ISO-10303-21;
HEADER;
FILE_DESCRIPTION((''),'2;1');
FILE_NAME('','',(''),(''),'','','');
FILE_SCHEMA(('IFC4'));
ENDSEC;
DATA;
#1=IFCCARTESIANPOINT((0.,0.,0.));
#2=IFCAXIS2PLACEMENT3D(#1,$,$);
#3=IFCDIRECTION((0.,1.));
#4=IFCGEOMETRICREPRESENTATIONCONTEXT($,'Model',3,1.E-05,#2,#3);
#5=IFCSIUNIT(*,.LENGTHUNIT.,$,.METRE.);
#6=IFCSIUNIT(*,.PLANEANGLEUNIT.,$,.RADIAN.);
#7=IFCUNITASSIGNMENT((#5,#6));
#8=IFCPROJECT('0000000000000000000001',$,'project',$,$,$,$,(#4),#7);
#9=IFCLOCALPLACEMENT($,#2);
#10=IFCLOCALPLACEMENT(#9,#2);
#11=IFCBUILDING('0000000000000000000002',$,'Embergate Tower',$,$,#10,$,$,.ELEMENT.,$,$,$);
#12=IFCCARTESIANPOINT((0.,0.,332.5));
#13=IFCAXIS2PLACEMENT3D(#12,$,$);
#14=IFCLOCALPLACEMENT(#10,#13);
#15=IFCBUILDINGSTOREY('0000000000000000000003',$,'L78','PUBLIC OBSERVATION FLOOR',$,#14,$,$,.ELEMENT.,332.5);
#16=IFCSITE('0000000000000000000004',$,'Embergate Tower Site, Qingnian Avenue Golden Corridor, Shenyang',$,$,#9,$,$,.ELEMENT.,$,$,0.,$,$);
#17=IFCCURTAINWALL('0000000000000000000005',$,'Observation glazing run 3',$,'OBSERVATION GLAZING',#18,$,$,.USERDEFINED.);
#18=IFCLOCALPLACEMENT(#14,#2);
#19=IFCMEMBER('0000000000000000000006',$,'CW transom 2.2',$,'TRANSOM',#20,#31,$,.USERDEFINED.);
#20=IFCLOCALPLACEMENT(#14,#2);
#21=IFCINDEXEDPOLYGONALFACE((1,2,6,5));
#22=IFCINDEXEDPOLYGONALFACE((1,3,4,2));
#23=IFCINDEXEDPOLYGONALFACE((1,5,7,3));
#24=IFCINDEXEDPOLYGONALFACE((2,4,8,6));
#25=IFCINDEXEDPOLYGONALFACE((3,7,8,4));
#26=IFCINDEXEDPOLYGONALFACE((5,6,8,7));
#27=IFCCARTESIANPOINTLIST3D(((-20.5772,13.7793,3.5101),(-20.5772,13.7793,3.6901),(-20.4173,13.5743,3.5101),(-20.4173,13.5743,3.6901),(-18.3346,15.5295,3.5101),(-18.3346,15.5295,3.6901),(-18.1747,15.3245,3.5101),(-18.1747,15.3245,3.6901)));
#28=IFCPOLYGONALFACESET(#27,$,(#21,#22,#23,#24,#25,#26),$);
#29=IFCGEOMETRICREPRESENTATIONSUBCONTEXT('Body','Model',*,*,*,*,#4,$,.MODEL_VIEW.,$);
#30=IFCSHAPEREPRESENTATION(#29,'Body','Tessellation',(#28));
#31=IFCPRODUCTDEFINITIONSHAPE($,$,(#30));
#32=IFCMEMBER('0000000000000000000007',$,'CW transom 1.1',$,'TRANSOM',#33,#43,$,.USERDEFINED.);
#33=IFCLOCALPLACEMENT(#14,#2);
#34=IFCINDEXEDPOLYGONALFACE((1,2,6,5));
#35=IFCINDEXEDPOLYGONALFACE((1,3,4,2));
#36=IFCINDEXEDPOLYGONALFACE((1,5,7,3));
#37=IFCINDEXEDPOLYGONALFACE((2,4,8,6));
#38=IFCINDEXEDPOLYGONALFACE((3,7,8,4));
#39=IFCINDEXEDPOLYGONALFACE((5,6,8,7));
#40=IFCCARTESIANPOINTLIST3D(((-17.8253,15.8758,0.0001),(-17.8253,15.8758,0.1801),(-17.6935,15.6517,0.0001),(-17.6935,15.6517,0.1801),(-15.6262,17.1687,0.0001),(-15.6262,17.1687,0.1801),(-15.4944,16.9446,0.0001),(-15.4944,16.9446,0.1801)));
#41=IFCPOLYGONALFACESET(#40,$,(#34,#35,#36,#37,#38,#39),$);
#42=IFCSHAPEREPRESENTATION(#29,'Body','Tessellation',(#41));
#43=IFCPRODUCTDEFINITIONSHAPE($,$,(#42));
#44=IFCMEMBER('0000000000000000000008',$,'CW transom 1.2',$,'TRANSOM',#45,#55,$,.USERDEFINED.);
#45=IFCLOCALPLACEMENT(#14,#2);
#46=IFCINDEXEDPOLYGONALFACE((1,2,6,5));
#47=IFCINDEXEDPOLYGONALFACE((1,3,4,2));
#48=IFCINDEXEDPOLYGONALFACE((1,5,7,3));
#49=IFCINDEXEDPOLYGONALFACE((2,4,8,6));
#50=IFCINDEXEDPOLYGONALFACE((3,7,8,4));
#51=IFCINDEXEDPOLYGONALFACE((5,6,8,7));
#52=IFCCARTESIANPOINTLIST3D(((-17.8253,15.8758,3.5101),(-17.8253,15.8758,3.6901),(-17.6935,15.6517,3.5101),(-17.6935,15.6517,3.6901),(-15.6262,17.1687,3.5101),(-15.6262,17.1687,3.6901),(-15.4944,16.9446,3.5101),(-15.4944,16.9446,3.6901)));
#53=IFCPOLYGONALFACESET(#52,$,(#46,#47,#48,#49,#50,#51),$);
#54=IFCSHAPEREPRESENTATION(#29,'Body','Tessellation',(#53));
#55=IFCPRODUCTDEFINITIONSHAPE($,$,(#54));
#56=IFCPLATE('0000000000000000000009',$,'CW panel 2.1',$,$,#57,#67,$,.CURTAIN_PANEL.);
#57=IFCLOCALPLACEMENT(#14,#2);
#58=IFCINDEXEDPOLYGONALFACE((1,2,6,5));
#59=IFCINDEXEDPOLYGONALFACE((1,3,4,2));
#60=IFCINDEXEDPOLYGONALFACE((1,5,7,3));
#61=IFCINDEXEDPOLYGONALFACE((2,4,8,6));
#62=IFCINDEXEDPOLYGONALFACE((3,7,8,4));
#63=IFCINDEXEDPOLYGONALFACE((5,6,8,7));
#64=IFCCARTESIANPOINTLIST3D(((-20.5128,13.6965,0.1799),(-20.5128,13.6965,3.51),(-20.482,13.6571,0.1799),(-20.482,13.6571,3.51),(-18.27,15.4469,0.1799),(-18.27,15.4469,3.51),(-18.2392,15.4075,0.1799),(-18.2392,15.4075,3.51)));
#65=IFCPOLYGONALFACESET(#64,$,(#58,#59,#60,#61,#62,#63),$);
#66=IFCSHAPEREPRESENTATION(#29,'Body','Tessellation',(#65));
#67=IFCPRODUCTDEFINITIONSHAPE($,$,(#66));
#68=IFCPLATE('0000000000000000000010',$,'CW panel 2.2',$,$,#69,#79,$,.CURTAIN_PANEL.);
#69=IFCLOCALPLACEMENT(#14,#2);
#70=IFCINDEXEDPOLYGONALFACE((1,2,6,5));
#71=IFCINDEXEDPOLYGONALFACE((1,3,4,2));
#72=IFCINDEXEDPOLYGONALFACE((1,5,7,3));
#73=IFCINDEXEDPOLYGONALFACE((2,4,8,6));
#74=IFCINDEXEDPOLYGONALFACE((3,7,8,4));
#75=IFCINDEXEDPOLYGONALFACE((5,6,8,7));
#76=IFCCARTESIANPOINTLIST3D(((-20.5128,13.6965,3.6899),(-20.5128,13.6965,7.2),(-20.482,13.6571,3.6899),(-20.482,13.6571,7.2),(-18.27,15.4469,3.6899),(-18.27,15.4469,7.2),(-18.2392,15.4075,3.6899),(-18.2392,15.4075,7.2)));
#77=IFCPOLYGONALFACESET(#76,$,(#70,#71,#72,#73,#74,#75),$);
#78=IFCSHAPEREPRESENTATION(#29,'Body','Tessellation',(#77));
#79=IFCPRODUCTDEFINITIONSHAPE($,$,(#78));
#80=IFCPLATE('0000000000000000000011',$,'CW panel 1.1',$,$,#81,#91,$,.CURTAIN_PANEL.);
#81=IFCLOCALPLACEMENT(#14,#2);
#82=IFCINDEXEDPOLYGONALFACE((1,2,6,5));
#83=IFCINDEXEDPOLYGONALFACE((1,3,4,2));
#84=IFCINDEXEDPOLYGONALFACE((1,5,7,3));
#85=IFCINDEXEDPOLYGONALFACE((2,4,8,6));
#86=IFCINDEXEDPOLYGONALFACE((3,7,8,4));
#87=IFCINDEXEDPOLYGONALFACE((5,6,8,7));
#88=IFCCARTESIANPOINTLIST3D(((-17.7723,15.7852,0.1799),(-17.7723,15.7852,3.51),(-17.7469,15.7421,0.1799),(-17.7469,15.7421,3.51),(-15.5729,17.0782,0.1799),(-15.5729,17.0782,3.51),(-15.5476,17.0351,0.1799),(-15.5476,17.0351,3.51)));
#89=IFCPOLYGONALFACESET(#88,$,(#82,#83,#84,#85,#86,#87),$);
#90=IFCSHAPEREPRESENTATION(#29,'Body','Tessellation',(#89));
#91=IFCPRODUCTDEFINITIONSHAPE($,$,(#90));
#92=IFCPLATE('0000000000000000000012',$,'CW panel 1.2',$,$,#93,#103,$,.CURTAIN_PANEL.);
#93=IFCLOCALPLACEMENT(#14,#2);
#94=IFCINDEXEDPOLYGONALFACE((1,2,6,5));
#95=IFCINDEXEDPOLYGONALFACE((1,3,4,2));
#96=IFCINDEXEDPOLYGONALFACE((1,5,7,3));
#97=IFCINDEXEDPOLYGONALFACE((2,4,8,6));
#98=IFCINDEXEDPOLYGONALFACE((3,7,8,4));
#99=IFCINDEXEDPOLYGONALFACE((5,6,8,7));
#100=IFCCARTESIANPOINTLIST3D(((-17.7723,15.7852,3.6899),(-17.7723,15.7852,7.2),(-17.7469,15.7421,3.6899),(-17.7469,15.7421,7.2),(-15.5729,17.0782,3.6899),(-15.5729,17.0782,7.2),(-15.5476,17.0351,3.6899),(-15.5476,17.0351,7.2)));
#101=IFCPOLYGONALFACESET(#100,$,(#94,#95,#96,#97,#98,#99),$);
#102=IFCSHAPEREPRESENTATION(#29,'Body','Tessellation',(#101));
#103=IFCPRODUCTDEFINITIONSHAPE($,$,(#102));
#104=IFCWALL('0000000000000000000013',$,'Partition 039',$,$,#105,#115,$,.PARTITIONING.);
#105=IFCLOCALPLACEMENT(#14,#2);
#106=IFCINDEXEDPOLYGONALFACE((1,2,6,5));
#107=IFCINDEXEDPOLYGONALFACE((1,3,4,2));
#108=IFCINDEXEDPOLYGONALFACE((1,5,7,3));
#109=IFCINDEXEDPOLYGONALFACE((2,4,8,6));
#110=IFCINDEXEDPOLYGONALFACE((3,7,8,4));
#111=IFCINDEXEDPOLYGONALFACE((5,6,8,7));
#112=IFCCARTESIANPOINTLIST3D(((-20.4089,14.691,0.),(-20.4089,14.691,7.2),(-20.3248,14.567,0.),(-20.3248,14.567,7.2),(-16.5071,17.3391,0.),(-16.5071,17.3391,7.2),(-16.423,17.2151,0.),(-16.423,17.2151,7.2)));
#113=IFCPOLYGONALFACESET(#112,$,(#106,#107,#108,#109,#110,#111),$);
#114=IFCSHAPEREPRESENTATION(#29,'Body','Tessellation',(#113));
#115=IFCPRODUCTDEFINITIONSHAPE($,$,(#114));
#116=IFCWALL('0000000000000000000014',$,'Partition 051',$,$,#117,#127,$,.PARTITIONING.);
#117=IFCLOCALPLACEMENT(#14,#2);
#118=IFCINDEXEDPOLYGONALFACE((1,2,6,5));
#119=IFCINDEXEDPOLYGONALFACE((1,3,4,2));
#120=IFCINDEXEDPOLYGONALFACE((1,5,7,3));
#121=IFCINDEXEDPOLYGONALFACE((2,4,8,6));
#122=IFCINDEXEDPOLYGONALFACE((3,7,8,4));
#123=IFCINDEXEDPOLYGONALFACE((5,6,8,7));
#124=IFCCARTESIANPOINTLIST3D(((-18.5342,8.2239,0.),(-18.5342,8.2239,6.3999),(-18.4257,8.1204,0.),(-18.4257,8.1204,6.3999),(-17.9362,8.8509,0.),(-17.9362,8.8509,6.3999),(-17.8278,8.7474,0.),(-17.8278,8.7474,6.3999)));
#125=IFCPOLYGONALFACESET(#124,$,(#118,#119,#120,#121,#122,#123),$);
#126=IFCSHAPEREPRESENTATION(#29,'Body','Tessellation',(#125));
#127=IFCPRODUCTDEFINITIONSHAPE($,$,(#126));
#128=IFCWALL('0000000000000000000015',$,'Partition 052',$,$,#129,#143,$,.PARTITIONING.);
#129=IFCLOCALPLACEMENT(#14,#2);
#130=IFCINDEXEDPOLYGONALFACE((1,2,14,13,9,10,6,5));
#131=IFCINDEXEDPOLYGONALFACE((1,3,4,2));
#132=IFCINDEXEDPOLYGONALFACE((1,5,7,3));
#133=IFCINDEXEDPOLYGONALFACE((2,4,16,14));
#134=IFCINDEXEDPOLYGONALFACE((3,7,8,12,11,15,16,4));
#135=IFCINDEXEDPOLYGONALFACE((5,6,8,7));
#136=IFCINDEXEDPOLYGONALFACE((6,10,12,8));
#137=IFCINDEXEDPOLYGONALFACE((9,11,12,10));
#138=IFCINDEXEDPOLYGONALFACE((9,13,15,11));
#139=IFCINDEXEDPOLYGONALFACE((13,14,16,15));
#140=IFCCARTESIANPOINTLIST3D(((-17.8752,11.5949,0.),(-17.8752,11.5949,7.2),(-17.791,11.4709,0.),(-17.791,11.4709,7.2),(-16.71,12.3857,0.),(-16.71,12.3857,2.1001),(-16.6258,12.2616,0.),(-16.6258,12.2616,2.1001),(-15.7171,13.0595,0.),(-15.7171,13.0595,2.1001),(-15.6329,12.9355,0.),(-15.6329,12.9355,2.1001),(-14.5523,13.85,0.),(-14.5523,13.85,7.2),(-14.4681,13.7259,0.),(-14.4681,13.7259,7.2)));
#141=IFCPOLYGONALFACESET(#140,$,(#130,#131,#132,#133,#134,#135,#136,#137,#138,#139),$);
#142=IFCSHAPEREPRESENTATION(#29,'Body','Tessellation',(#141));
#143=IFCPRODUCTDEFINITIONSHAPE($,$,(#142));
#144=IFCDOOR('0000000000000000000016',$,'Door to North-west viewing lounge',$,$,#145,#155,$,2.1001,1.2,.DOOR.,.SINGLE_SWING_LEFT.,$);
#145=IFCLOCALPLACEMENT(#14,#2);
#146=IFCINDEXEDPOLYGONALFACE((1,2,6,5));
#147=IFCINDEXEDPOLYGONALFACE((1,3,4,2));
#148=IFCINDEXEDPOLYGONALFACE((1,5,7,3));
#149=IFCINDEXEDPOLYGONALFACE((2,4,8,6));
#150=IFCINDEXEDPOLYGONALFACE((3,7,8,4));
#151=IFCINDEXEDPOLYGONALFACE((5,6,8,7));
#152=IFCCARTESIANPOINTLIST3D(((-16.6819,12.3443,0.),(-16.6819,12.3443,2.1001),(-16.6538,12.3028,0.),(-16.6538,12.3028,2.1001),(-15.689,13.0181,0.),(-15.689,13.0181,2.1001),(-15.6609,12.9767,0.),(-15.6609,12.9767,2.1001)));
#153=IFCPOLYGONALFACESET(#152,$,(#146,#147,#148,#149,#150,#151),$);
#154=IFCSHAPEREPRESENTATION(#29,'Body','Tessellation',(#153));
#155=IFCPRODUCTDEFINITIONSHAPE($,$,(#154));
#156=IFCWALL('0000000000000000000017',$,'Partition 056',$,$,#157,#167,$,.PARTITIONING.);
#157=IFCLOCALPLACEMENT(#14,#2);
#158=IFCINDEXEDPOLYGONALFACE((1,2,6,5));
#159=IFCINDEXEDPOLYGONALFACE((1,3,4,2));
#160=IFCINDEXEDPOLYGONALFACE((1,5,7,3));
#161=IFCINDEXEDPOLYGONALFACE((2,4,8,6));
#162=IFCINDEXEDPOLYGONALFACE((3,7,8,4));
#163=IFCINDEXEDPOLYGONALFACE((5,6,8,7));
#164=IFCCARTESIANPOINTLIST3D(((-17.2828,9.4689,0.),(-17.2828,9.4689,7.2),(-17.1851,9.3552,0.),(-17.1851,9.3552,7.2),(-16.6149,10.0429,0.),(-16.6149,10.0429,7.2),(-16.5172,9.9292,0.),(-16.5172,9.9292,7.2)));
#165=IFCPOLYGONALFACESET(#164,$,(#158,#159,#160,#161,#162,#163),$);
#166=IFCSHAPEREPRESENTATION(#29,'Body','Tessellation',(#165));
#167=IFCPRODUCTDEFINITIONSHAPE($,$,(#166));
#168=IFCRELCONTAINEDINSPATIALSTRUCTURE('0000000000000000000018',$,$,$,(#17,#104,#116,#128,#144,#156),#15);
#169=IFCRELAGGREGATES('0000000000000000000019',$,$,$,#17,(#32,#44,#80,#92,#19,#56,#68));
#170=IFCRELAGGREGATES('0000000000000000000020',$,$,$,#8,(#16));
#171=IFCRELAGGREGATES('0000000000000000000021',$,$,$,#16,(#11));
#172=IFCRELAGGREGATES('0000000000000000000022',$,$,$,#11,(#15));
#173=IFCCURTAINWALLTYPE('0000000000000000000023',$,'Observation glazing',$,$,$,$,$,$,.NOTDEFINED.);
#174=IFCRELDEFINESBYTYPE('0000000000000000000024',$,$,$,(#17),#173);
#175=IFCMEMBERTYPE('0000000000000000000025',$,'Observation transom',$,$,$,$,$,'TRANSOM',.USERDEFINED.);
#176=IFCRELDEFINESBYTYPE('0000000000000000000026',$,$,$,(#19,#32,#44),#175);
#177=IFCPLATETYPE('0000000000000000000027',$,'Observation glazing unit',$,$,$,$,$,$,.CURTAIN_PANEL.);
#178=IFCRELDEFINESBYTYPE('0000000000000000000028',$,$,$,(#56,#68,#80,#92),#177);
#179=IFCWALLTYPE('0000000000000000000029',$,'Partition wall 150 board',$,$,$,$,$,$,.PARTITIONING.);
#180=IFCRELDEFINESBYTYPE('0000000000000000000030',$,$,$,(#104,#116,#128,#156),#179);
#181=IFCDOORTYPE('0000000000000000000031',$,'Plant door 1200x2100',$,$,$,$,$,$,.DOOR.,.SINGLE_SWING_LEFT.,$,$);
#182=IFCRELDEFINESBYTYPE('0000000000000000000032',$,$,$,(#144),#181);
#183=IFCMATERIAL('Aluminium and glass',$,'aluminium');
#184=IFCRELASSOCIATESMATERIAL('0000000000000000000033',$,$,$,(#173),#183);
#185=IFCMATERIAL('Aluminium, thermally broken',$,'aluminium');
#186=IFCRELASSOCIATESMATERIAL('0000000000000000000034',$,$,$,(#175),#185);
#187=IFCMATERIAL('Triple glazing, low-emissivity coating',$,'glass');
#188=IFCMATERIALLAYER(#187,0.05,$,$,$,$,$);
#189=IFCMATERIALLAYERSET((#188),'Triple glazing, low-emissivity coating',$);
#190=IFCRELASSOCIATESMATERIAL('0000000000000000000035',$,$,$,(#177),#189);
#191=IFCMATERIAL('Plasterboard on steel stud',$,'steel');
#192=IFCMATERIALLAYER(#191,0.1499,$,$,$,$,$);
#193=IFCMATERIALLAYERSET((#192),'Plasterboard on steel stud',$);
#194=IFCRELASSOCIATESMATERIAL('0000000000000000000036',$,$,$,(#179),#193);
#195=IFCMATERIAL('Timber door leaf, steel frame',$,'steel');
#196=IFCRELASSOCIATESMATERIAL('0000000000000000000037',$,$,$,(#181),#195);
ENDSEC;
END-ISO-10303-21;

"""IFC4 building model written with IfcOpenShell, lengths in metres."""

from ifc_helpers import new_model, si_unit, direction, frame, frame_2d, origin, origin_2d, place, context, subcontext, project, spatial, rectangle, extrude, source, transform, mapped, material, layer, layer_set, material_profile, profile_set, type_object, element, fill, aggregate, save


model = new_model("IFC4")

# Units and contexts
model_context = context("Model", 3, precision=1e-05, world=origin(), true_north=direction((0.0, 1.0)))
body_context = subcontext(model_context, "Body", "Model", "MODEL_VIEW")
ifc_project = project(units=[si_unit("LENGTHUNIT", "METRE"), si_unit("PLANEANGLEUNIT", "RADIAN")], contexts=[model_context])

# Site, building, storey
site_placement = place(None, origin())
site = spatial("IfcSite", under=ifc_project, at=site_placement, Name="Embergate Tower Site, Qingnian Avenue Golden Corridor, Shenyang", CompositionType="ELEMENT", RefElevation=0.0)
building_placement = place(site_placement, origin())
building = spatial("IfcBuilding", under=site, at=building_placement, Name="Embergate Tower", CompositionType="ELEMENT")
storey_placement = place(building_placement, frame((0.0, 0.0, 332.5)))
storey = spatial("IfcBuildingStorey", under=building, at=storey_placement, Name="L78", Description="PUBLIC OBSERVATION FLOOR", CompositionType="ELEMENT", Elevation=332.5)

# Curtain wall, members, plates
ifc_material_1 = material(Name="Aluminium and glass", Category="aluminium")
curtain_wall_type = type_object("IfcCurtainWallType", Name="Observation glazing", PredefinedType="NOTDEFINED", material=ifc_material_1)
curtain_wall_placement = place(storey_placement, origin())
curtain_wall = element("IfcCurtainWall", 1, at=curtain_wall_placement, inside=storey, type_object=curtain_wall_type, Name="Observation glazing run 3", ObjectType="OBSERVATION GLAZING", PredefinedType="USERDEFINED")
ifc_material_2 = material(Name="Aluminium, thermally broken", Category="aluminium")
ifc_material_profile_1 = material_profile(ifc_material_2, rectangle(XDim=0.26, YDim=0.1799, at=origin_2d()), Name="AL 180x260")
ifc_profile_set_1 = profile_set([ifc_material_profile_1], Name="Aluminium, thermally broken")
member_type_1 = type_object("IfcMemberType", Name="Observation transom", ElementType="TRANSOM", PredefinedType="USERDEFINED", material=ifc_profile_set_1)
shared_shape_1 = source(origin(), body_context, "Body", "SweptSolid", [
    extrude(rectangle(XDim=0.26, YDim=0.1799, at=origin_2d()), origin(), (0.0, 0.0, 1.0), 2.8447),
])
member_1_placement = place(storey_placement, frame((-18.2546, 15.427, 3.6001), z_axis=(-0.788339, -0.615241, 0.0), x_axis=(0.615241, -0.788339, 0.0)))
member_1 = element("IfcMember", 2, at=member_1_placement, type_object=member_type_1, Name="CW transom 2.2", ObjectType="TRANSOM", PredefinedType="USERDEFINED", context=body_context, shape_type="MappedRepresentation", body=[
    mapped(shared_shape_1, transform((0.0, 0.0, 0.0))),
])
shared_shape_2 = source(origin(), body_context, "Body", "SweptSolid", [
    extrude(rectangle(XDim=0.26, YDim=0.1799, at=origin_2d()), origin(), (0.0, 0.0, 1.0), 2.551),
])
member_2_placement = place(storey_placement, frame((-15.5603, 17.0566, 0.0901), z_axis=(-0.862052, -0.506819, 0.0), x_axis=(0.506819, -0.862052, 0.0)))
member_2 = element("IfcMember", 3, at=member_2_placement, type_object=member_type_1, Name="CW transom 1.1", ObjectType="TRANSOM", PredefinedType="USERDEFINED", context=body_context, shape_type="MappedRepresentation", body=[
    mapped(shared_shape_2, transform((0.0, 0.0, 0.0))),
])
member_3_placement = place(storey_placement, frame((-15.5603, 17.0566, 3.6001), z_axis=(-0.862052, -0.506819, 0.0), x_axis=(0.506819, -0.862052, 0.0)))
member_3 = element("IfcMember", 4, at=member_3_placement, type_object=member_type_1, Name="CW transom 1.2", ObjectType="TRANSOM", PredefinedType="USERDEFINED", context=body_context, shape_type="MappedRepresentation", body=[
    mapped(shared_shape_2, transform((0.0, 0.0, 0.0))),
])
ifc_material_3 = material(Name="Triple glazing, low-emissivity coating", Category="glass")
ifc_layer_1 = layer(ifc_material_3, 0.05)
ifc_layer_set_1 = layer_set([ifc_layer_1], Name="Triple glazing, low-emissivity coating")
plate_type = type_object("IfcPlateType", Name="Observation glazing unit", PredefinedType="CURTAIN_PANEL", material=ifc_layer_set_1)
shared_shape_3 = source(origin(), body_context, "Body", "SweptSolid", [
    extrude(rectangle(XDim=2.845, YDim=0.05, at=origin_2d()), origin(), (0.0, 0.0, 1.0), 3.3301),
])
plate_1_placement = place(storey_placement, frame((-19.376, 14.552, 0.1799), z_axis=(0.0, 0.0, 1.0), x_axis=(-0.788325, -0.615258, 0.0)))
plate_1 = element("IfcPlate", 5, at=plate_1_placement, type_object=plate_type, Name="CW panel 2.1", PredefinedType="CURTAIN_PANEL", context=body_context, shape_type="MappedRepresentation", body=[
    mapped(shared_shape_3, transform((0.0, 0.0, 0.0))),
])
shared_shape_4 = source(origin(), body_context, "Body", "SweptSolid", [
    extrude(rectangle(XDim=2.845, YDim=0.05, at=origin_2d()), origin(), (0.0, 0.0, 1.0), 3.51),
])
plate_2_placement = place(storey_placement, frame((-19.376, 14.552, 3.6899), z_axis=(0.0, 0.0, 1.0), x_axis=(-0.788325, -0.615258, 0.0)))
plate_2 = element("IfcPlate", 6, at=plate_2_placement, type_object=plate_type, Name="CW panel 2.2", PredefinedType="CURTAIN_PANEL", context=body_context, shape_type="MappedRepresentation", body=[
    mapped(shared_shape_4, transform((0.0, 0.0, 0.0))),
])
shared_shape_5 = source(origin(), body_context, "Body", "SweptSolid", [
    extrude(rectangle(XDim=2.5513, YDim=0.05, at=origin_2d()), origin(), (0.0, 0.0, 1.0), 3.3301),
])
plate_3_placement = place(storey_placement, frame((-16.6599, 16.4102, 0.1799), z_axis=(0.0, 0.0, 1.0), x_axis=(-0.862057, -0.506812, 0.0)))
plate_3 = element("IfcPlate", 7, at=plate_3_placement, type_object=plate_type, Name="CW panel 1.1", PredefinedType="CURTAIN_PANEL", context=body_context, shape_type="MappedRepresentation", body=[
    mapped(shared_shape_5, transform((0.0, 0.0, 0.0))),
])
shared_shape_6 = source(origin(), body_context, "Body", "SweptSolid", [
    extrude(rectangle(XDim=2.5513, YDim=0.05, at=origin_2d()), origin(), (0.0, 0.0, 1.0), 3.51),
])
plate_4_placement = place(storey_placement, frame((-16.6599, 16.4102, 3.6899), z_axis=(0.0, 0.0, 1.0), x_axis=(-0.862057, -0.506812, 0.0)))
plate_4 = element("IfcPlate", 8, at=plate_4_placement, type_object=plate_type, Name="CW panel 1.2", PredefinedType="CURTAIN_PANEL", context=body_context, shape_type="MappedRepresentation", body=[
    mapped(shared_shape_6, transform((0.0, 0.0, 0.0))),
])
aggregate(curtain_wall, [member_2, member_3, plate_3, plate_4, member_1, plate_1, plate_2])

# Walls
ifc_material_4 = material(Name="Plasterboard on steel stud", Category="steel")
ifc_layer_2 = layer(ifc_material_4, 0.1499)
ifc_layer_set_2 = layer_set([ifc_layer_2], Name="Plasterboard on steel stud")
wall_type = type_object("IfcWallType", Name="Partition wall 150 board", PredefinedType="PARTITIONING", material=ifc_layer_set_2)
shared_shape_7 = source(origin(), body_context, "Body", "SweptSolid", [
    extrude(rectangle(XDim=4.7156, YDim=0.1499, at=frame_2d((2.3579, 0.0))), origin(), (0.0, 0.0, 1.0), 7.2),
])
wall_1_placement = place(storey_placement, frame((-20.3669, 14.6289, 0.0), z_axis=(0.0, 0.0, 1.0), x_axis=(0.827426, 0.561575, 0.0)))
element("IfcWall", 9, at=wall_1_placement, inside=storey, type_object=wall_type, Name="Partition 039", PredefinedType="PARTITIONING", context=body_context, shape_type="MappedRepresentation", body=[
    mapped(shared_shape_7, transform((0.0, 0.0, 0.0))),
])
shared_shape_8 = source(origin(), body_context, "Body", "SweptSolid", [
    extrude(rectangle(XDim=0.8665, YDim=0.1499, at=frame_2d((0.4331, 0.0))), origin(), (0.0, 0.0, 1.0), 6.3999),
])
wall_2_placement = place(storey_placement, frame((-17.8821, 8.7991, 0.0), z_axis=(0.0, 0.0, 1.0), x_axis=(-0.690141, -0.723675, 0.0)))
element("IfcWall", 10, at=wall_2_placement, inside=storey, type_object=wall_type, Name="Partition 051", PredefinedType="PARTITIONING", context=body_context, shape_type="MappedRepresentation", body=[
    mapped(shared_shape_8, transform((0.0, 0.0, 0.0))),
])

# Wall, opening, door
shared_shape_9 = source(origin(), body_context, "Body", "SweptSolid", [
    extrude(rectangle(XDim=4.0159, YDim=0.1499, at=frame_2d((2.0078, 0.0))), origin(), (0.0, 0.0, 1.0), 7.2),
])
wall_3_placement = place(storey_placement, frame((-17.833, 11.533, 0.0), z_axis=(0.0, 0.0, 1.0), x_axis=(0.827449, 0.561542, 0.0)))
wall_3 = element("IfcWall", 11, at=wall_3_placement, inside=storey, type_object=wall_type, Name="Partition 052", PredefinedType="PARTITIONING", context=body_context, shape_type="MappedRepresentation", body=[
    mapped(shared_shape_9, transform((0.0, 0.0, 0.0))),
])
shared_shape_10 = source(origin(), body_context, "Body", "SweptSolid", [
    extrude(rectangle(XDim=1.2, YDim=2.1001, at=frame_2d((0.6001, 1.05))), frame((0.0, 0.085, 0.0), z_axis=(0.0, -1.0, 0.0), x_axis=(1.0, 0.0, 0.0)), (0.0, 0.0, 1.0), 0.1699),
])
opening_placement = place(wall_3_placement, frame((1.408, 0.0, 0.0)))
opening = element("IfcOpeningElement", 12, at=opening_placement, cuts=wall_3, PredefinedType="OPENING", context=body_context, shape_type="MappedRepresentation", body=[
    mapped(shared_shape_10, transform((0.0, 0.0, 0.0))),
])
ifc_material_5 = material(Name="Timber door leaf, steel frame", Category="steel")
door_type = type_object("IfcDoorType", Name="Plant door 1200x2100", OperationType="SINGLE_SWING_LEFT", PredefinedType="DOOR", material=ifc_material_5)
shared_shape_11 = source(origin(), body_context, "Body", "SweptSolid", [
    extrude(rectangle(XDim=1.2, YDim=2.1001, at=frame_2d((0.6001, 1.05))), frame((0.0, 0.0249, 0.0), z_axis=(0.0, -1.0, 0.0), x_axis=(1.0, 0.0, 0.0)), (0.0, 0.0, 1.0), 0.05),
])
door_placement = place(opening_placement, origin())
door = element("IfcDoor", 13, at=door_placement, inside=storey, type_object=door_type, Name="Door to North-west viewing lounge", OperationType="SINGLE_SWING_LEFT", OverallHeight=2.1001, OverallWidth=1.2, PredefinedType="DOOR", context=body_context, shape_type="MappedRepresentation", body=[
    mapped(shared_shape_11, transform((0.0, 0.0, 0.0))),
])
fill(opening, door)

# Wall
shared_shape_12 = source(origin(), body_context, "Body", "SweptSolid", [
    extrude(rectangle(XDim=0.8806, YDim=0.1499, at=frame_2d((0.4404, 0.0))), origin(), (0.0, 0.0, 1.0), 7.2),
])
wall_4_placement = place(storey_placement, frame((-16.5659, 9.9861, 0.0), z_axis=(0.0, 0.0, 1.0), x_axis=(-0.758454, -0.651727, 0.0)))
element("IfcWall", 14, at=wall_4_placement, inside=storey, type_object=wall_type, Name="Partition 056", PredefinedType="PARTITIONING", context=body_context, shape_type="MappedRepresentation", body=[
    mapped(shared_shape_12, transform((0.0, 0.0, 0.0))),
])

save(model, "model.ifc")
